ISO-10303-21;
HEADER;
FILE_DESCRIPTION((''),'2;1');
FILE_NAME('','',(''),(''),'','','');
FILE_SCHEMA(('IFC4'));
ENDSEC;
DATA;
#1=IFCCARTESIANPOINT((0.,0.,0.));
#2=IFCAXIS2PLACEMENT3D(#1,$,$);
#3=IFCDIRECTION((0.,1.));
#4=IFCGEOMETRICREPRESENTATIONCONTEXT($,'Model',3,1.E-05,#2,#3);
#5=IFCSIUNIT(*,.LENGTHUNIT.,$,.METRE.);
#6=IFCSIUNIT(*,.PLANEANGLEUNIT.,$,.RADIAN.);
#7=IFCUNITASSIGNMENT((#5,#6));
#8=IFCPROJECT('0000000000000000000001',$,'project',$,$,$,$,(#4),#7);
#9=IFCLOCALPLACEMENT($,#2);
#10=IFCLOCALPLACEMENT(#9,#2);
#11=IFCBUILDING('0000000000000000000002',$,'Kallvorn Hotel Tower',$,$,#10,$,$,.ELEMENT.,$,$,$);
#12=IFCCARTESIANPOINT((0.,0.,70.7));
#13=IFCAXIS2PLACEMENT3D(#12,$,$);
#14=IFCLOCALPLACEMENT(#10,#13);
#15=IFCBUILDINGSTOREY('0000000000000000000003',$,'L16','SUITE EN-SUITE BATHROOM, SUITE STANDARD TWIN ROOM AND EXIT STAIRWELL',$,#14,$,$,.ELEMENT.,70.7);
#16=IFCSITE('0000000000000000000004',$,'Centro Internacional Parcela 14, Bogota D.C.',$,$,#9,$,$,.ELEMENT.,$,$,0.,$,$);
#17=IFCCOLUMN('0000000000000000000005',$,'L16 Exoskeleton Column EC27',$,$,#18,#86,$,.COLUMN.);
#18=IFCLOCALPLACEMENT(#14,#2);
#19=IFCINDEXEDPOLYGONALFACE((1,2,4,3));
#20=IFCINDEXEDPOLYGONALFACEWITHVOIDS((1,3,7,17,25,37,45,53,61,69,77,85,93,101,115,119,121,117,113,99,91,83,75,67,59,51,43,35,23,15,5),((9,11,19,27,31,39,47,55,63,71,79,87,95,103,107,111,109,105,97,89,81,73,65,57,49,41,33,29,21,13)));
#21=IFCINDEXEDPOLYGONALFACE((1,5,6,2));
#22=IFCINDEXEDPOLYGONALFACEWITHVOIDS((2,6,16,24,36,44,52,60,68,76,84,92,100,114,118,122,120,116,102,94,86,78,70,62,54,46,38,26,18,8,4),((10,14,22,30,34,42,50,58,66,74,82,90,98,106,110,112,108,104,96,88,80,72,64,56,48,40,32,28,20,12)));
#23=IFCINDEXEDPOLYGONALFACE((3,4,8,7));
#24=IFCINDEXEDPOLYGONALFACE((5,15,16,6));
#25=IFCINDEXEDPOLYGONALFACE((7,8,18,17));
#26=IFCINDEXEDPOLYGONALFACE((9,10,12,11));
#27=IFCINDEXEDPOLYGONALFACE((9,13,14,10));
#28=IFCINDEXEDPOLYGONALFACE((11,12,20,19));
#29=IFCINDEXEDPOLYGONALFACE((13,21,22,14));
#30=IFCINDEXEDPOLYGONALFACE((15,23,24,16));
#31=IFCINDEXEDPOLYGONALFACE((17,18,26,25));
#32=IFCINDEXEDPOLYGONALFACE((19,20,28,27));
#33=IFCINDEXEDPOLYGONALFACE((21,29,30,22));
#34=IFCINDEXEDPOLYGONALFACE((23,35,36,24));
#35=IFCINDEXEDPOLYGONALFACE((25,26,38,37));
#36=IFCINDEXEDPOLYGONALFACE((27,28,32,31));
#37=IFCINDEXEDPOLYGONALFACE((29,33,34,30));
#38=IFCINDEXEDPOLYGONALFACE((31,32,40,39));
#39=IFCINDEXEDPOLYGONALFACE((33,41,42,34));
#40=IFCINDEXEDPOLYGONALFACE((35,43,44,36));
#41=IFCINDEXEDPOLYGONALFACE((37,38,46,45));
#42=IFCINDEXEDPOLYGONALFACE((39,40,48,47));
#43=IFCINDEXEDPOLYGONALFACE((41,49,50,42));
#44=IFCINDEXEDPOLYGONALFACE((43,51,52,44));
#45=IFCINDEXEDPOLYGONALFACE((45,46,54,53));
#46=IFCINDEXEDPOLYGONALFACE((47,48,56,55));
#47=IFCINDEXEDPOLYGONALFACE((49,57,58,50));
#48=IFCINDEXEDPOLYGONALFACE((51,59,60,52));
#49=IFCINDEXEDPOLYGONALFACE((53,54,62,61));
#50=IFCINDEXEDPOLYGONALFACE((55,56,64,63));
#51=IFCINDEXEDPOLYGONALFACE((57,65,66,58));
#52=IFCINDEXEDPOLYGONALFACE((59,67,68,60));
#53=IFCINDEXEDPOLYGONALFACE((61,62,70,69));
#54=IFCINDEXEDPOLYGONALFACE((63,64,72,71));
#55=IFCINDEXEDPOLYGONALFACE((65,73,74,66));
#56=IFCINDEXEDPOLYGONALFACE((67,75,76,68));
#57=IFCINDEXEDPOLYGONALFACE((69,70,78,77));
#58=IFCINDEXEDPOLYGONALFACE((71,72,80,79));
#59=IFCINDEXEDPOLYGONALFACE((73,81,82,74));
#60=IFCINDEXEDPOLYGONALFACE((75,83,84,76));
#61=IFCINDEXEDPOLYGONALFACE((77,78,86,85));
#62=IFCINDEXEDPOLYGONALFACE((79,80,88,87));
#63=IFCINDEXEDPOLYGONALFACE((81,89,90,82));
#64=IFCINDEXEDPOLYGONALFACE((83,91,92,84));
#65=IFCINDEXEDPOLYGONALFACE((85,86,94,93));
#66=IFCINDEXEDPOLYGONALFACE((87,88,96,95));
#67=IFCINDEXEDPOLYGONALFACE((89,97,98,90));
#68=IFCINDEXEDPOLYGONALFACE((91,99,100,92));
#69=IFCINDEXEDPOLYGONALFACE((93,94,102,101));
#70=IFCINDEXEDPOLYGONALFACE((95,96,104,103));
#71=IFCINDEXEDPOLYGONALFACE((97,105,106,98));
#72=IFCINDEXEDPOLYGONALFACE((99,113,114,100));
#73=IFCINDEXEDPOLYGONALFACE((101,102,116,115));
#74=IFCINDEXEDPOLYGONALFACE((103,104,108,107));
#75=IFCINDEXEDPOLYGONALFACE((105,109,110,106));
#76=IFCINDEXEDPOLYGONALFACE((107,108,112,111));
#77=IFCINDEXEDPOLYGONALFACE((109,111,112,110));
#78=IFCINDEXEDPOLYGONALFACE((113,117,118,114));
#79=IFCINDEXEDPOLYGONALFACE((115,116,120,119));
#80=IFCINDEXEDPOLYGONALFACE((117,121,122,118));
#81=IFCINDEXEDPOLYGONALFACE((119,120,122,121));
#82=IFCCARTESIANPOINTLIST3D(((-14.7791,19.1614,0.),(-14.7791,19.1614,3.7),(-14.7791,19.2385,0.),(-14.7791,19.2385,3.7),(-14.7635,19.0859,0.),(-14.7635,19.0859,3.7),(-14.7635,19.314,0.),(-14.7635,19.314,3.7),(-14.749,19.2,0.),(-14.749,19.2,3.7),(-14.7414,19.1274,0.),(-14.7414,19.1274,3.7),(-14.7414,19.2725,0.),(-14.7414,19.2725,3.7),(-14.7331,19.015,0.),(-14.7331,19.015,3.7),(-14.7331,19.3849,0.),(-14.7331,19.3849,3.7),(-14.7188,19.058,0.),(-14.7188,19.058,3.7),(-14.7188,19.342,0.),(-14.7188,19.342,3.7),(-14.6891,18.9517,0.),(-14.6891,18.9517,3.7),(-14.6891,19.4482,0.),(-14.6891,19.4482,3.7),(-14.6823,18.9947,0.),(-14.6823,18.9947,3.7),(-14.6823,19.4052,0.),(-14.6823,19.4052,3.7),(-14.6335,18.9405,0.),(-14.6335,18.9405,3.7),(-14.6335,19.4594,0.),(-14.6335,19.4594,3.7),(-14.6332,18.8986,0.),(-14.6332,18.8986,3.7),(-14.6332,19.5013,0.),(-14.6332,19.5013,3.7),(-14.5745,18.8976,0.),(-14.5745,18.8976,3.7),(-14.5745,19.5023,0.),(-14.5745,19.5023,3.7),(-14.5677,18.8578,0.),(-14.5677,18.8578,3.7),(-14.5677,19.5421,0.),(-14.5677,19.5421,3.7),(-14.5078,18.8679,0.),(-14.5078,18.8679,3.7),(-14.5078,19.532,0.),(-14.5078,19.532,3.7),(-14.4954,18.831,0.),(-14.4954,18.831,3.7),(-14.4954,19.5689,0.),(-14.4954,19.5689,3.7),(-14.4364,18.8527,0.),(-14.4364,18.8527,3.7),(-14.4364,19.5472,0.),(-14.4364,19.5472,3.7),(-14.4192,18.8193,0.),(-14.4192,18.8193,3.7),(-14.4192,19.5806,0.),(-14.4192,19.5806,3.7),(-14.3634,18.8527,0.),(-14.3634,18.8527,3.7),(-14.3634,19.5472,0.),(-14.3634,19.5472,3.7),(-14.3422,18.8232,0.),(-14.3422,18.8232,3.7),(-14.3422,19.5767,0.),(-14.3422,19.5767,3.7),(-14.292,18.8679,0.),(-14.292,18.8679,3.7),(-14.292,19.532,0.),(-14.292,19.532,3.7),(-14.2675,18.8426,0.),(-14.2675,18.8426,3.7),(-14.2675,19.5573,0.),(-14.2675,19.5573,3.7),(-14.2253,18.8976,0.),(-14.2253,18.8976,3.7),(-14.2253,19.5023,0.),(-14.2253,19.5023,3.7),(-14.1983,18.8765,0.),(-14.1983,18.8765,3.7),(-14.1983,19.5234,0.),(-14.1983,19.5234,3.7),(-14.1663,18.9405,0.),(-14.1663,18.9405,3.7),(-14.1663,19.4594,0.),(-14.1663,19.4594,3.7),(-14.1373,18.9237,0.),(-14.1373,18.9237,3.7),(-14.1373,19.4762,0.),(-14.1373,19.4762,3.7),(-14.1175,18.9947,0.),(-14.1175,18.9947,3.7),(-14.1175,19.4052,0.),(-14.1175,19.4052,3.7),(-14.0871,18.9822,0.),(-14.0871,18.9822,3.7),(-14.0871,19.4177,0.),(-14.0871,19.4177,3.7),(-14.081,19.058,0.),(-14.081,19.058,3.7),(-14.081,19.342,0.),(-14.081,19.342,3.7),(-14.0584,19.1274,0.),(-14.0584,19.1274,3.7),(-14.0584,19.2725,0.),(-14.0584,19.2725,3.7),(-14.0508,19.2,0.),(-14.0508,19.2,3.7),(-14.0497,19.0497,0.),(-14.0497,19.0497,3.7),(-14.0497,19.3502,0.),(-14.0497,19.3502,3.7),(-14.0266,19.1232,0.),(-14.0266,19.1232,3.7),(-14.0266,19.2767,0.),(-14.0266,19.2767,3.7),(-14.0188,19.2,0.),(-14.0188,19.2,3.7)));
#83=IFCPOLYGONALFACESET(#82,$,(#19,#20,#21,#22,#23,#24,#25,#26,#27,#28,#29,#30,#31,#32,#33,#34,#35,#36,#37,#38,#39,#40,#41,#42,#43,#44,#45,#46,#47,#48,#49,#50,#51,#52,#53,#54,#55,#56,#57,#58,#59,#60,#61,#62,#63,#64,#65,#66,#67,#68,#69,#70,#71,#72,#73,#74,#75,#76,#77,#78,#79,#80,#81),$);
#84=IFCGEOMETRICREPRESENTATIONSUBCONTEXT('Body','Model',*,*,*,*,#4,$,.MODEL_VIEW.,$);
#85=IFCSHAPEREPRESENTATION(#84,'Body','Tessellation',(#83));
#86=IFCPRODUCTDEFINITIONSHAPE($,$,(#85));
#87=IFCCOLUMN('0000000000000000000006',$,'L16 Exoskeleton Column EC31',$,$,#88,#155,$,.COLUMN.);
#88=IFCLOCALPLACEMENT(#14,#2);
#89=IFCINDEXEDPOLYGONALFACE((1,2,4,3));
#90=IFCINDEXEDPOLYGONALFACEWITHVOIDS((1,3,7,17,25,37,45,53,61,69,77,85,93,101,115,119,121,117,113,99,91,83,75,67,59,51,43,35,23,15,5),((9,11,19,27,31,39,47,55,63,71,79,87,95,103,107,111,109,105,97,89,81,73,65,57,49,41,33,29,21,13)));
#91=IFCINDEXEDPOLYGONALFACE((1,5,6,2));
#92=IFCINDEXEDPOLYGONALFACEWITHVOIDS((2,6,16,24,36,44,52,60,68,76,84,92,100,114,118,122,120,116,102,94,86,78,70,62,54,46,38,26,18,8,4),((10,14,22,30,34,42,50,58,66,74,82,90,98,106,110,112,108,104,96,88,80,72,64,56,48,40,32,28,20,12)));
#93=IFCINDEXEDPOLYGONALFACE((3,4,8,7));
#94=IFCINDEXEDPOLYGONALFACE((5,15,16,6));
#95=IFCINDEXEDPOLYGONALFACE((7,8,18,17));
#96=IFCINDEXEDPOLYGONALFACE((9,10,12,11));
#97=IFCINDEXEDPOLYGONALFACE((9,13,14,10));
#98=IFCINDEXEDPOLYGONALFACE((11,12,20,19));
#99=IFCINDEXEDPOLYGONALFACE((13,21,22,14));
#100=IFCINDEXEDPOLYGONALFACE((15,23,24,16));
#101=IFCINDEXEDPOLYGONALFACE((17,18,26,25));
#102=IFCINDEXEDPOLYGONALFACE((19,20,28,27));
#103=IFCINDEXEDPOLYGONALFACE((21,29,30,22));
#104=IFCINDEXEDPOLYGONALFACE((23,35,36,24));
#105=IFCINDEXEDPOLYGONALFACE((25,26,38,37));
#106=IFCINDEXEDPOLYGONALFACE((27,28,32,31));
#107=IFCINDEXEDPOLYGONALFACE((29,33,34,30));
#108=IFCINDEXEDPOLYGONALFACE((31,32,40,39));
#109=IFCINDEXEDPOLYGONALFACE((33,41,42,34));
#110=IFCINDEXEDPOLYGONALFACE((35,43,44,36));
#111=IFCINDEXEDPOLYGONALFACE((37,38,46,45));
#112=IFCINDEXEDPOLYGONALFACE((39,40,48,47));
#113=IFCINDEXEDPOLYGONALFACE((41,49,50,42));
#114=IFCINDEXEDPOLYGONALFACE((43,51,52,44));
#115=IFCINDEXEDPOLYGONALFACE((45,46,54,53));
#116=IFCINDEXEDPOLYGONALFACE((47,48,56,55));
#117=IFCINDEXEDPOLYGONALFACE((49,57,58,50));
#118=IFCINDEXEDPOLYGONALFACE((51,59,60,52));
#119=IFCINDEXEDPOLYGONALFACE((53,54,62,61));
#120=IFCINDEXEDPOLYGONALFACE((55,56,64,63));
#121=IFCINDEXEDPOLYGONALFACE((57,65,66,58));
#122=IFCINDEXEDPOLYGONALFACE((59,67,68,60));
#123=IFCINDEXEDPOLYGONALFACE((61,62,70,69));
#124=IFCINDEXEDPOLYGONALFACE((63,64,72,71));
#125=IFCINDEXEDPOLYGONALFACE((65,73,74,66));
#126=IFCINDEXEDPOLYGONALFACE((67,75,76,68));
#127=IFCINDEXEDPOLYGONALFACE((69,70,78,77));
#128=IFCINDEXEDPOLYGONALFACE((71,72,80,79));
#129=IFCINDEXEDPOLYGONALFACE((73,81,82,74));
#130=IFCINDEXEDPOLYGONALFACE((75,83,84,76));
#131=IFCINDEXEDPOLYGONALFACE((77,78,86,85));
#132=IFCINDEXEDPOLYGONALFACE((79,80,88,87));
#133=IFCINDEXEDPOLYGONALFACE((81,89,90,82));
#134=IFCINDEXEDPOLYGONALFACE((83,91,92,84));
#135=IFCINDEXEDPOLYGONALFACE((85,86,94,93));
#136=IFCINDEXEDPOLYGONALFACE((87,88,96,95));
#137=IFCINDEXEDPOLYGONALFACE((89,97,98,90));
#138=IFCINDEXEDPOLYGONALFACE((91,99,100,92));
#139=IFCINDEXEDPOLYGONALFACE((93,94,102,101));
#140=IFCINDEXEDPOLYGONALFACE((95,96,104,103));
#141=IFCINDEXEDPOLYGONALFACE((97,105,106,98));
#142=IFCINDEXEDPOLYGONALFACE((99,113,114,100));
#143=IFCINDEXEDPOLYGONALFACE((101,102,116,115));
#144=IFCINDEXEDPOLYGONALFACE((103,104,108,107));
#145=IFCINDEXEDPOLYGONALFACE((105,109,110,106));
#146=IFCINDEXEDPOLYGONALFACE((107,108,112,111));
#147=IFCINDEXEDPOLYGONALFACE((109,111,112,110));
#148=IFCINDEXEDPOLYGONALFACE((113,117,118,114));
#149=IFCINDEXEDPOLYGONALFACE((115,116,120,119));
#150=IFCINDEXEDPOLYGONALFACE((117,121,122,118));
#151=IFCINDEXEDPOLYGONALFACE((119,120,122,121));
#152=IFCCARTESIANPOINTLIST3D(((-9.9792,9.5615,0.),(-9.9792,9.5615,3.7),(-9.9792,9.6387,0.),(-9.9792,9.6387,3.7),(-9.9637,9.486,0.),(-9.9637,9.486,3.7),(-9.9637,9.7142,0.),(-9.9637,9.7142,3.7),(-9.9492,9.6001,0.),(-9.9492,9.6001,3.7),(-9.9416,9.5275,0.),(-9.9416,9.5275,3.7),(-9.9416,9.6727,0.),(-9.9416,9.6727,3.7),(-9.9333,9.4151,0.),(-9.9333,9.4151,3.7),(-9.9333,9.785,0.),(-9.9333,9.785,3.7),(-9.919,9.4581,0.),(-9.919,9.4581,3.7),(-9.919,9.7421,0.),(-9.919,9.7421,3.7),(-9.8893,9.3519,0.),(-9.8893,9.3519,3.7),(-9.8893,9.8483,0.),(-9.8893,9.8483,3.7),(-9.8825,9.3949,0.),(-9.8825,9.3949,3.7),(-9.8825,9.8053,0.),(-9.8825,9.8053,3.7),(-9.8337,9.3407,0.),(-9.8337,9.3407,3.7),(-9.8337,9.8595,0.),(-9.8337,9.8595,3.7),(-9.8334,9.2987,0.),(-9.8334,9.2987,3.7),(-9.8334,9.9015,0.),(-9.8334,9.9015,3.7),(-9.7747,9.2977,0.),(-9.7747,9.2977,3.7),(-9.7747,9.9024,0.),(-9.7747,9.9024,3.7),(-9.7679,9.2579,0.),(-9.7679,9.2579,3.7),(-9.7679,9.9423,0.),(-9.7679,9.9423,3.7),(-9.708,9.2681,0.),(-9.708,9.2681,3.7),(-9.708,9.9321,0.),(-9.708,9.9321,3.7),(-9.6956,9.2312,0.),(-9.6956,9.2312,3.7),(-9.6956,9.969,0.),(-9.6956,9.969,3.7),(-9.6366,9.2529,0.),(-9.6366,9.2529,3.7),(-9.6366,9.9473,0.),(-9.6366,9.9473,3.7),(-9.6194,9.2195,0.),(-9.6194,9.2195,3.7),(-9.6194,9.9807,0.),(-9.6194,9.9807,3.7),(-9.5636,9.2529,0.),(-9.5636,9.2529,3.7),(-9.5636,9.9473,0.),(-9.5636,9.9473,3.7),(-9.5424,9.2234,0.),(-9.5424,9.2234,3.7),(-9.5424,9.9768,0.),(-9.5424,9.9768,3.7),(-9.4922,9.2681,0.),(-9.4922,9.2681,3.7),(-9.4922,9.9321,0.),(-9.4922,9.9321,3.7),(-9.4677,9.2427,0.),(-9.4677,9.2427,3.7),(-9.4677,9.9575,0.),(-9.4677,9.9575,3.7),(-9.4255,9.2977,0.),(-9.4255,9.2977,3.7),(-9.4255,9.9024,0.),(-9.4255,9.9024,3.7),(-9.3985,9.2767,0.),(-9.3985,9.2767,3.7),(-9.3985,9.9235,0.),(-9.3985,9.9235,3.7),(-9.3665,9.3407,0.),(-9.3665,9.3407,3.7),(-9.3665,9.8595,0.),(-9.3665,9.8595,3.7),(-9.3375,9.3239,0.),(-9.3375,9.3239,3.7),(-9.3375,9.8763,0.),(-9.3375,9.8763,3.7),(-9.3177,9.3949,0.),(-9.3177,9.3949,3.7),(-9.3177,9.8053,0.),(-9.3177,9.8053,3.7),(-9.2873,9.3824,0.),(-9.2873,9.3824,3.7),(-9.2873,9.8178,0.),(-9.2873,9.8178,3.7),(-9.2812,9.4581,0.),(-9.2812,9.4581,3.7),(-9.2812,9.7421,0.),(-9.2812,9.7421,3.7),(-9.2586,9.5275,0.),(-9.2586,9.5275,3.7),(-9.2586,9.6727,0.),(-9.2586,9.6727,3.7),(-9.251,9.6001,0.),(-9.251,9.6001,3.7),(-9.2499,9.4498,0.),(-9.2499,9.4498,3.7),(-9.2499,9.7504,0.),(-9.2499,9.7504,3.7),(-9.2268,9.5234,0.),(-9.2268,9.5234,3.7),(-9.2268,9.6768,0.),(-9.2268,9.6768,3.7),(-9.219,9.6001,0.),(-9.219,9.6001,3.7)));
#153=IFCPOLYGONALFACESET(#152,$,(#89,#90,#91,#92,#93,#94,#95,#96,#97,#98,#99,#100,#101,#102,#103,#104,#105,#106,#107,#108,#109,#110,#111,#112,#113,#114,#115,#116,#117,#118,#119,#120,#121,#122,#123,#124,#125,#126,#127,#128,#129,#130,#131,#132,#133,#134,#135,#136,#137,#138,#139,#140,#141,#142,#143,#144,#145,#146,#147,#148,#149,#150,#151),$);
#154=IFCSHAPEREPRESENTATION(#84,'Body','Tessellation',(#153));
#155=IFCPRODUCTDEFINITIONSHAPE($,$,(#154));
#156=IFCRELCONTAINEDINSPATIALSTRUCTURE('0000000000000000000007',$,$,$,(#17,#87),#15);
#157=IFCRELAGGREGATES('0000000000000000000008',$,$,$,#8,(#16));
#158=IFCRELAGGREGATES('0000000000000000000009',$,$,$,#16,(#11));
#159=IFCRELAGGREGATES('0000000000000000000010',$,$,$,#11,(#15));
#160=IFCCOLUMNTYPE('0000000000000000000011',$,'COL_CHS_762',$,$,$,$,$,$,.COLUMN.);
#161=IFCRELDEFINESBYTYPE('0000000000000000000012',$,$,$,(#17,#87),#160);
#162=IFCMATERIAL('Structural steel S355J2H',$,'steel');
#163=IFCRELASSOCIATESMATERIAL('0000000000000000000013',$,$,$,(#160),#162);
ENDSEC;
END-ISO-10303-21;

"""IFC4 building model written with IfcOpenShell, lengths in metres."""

from ifc_helpers import new_model, si_unit, direction, frame, origin, origin_2d, place, context, subcontext, project, spatial, hollow_circle, extrude, material, material_profile, profile_set, type_object, element, save


model = new_model("IFC4")

# Units and contexts
model_context = context("Model", 3, precision=1e-05, world=origin(), true_north=direction((0.0, 1.0)))
body_context = subcontext(model_context, "Body", "Model", "MODEL_VIEW")
ifc_project = project(units=[si_unit("LENGTHUNIT", "METRE"), si_unit("PLANEANGLEUNIT", "RADIAN")], contexts=[model_context])

# Site, building, storey
site_placement = place(None, origin())
site = spatial("IfcSite", under=ifc_project, at=site_placement, Name="Centro Internacional Parcela 14, Bogota D.C.", CompositionType="ELEMENT", RefElevation=0.0)
building_placement = place(site_placement, origin())
building = spatial("IfcBuilding", under=site, at=building_placement, Name="Kallvorn Hotel Tower", CompositionType="ELEMENT")
storey_placement = place(building_placement, frame((0.0, 0.0, 70.7)))
storey = spatial("IfcBuildingStorey", under=building, at=storey_placement, Name="L16", Description="SUITE EN-SUITE BATHROOM, SUITE STANDARD TWIN ROOM AND EXIT STAIRWELL", CompositionType="ELEMENT", Elevation=70.7)

# Columns
ifc_material_1 = material(Name="Structural steel S355J2H", Category="steel")
ifc_material_profile_1 = material_profile(ifc_material_1, hollow_circle(Radius=0.3811, WallThickness=0.032, at=origin_2d()), Name="CHS 762x32")
ifc_profile_set_1 = profile_set([ifc_material_profile_1], Name="Structural steel S355J2H")
column_type_1 = type_object("IfcColumnType", Name="COL_CHS_762", PredefinedType="COLUMN", material=ifc_profile_set_1)
for number, where, z_axis, x_axis, name in (
    (1, (-14.3999, 19.2, 0.0), (0.0, 0.0, 1.0), (1.0, 0.0, 0.0), "L16 Exoskeleton Column EC27"),
    (2, (-9.6001, 9.6001, 0.0), (0.0, 0.0, 1.0), (1.0, 0.0, 0.0), "L16 Exoskeleton Column EC31"),
):
    element("IfcColumn", number, at=place(storey_placement, frame(where, z_axis=z_axis, x_axis=x_axis)), inside=storey, type_object=column_type_1, Name=name, PredefinedType="COLUMN", context=body_context, shape_type="SweptSolid", body=[
        extrude(hollow_circle(Radius=0.3811, WallThickness=0.032, at=origin_2d()), origin(), (0.0, 0.0, 1.0), 3.7),
    ])

save(model, "model.ifc")
